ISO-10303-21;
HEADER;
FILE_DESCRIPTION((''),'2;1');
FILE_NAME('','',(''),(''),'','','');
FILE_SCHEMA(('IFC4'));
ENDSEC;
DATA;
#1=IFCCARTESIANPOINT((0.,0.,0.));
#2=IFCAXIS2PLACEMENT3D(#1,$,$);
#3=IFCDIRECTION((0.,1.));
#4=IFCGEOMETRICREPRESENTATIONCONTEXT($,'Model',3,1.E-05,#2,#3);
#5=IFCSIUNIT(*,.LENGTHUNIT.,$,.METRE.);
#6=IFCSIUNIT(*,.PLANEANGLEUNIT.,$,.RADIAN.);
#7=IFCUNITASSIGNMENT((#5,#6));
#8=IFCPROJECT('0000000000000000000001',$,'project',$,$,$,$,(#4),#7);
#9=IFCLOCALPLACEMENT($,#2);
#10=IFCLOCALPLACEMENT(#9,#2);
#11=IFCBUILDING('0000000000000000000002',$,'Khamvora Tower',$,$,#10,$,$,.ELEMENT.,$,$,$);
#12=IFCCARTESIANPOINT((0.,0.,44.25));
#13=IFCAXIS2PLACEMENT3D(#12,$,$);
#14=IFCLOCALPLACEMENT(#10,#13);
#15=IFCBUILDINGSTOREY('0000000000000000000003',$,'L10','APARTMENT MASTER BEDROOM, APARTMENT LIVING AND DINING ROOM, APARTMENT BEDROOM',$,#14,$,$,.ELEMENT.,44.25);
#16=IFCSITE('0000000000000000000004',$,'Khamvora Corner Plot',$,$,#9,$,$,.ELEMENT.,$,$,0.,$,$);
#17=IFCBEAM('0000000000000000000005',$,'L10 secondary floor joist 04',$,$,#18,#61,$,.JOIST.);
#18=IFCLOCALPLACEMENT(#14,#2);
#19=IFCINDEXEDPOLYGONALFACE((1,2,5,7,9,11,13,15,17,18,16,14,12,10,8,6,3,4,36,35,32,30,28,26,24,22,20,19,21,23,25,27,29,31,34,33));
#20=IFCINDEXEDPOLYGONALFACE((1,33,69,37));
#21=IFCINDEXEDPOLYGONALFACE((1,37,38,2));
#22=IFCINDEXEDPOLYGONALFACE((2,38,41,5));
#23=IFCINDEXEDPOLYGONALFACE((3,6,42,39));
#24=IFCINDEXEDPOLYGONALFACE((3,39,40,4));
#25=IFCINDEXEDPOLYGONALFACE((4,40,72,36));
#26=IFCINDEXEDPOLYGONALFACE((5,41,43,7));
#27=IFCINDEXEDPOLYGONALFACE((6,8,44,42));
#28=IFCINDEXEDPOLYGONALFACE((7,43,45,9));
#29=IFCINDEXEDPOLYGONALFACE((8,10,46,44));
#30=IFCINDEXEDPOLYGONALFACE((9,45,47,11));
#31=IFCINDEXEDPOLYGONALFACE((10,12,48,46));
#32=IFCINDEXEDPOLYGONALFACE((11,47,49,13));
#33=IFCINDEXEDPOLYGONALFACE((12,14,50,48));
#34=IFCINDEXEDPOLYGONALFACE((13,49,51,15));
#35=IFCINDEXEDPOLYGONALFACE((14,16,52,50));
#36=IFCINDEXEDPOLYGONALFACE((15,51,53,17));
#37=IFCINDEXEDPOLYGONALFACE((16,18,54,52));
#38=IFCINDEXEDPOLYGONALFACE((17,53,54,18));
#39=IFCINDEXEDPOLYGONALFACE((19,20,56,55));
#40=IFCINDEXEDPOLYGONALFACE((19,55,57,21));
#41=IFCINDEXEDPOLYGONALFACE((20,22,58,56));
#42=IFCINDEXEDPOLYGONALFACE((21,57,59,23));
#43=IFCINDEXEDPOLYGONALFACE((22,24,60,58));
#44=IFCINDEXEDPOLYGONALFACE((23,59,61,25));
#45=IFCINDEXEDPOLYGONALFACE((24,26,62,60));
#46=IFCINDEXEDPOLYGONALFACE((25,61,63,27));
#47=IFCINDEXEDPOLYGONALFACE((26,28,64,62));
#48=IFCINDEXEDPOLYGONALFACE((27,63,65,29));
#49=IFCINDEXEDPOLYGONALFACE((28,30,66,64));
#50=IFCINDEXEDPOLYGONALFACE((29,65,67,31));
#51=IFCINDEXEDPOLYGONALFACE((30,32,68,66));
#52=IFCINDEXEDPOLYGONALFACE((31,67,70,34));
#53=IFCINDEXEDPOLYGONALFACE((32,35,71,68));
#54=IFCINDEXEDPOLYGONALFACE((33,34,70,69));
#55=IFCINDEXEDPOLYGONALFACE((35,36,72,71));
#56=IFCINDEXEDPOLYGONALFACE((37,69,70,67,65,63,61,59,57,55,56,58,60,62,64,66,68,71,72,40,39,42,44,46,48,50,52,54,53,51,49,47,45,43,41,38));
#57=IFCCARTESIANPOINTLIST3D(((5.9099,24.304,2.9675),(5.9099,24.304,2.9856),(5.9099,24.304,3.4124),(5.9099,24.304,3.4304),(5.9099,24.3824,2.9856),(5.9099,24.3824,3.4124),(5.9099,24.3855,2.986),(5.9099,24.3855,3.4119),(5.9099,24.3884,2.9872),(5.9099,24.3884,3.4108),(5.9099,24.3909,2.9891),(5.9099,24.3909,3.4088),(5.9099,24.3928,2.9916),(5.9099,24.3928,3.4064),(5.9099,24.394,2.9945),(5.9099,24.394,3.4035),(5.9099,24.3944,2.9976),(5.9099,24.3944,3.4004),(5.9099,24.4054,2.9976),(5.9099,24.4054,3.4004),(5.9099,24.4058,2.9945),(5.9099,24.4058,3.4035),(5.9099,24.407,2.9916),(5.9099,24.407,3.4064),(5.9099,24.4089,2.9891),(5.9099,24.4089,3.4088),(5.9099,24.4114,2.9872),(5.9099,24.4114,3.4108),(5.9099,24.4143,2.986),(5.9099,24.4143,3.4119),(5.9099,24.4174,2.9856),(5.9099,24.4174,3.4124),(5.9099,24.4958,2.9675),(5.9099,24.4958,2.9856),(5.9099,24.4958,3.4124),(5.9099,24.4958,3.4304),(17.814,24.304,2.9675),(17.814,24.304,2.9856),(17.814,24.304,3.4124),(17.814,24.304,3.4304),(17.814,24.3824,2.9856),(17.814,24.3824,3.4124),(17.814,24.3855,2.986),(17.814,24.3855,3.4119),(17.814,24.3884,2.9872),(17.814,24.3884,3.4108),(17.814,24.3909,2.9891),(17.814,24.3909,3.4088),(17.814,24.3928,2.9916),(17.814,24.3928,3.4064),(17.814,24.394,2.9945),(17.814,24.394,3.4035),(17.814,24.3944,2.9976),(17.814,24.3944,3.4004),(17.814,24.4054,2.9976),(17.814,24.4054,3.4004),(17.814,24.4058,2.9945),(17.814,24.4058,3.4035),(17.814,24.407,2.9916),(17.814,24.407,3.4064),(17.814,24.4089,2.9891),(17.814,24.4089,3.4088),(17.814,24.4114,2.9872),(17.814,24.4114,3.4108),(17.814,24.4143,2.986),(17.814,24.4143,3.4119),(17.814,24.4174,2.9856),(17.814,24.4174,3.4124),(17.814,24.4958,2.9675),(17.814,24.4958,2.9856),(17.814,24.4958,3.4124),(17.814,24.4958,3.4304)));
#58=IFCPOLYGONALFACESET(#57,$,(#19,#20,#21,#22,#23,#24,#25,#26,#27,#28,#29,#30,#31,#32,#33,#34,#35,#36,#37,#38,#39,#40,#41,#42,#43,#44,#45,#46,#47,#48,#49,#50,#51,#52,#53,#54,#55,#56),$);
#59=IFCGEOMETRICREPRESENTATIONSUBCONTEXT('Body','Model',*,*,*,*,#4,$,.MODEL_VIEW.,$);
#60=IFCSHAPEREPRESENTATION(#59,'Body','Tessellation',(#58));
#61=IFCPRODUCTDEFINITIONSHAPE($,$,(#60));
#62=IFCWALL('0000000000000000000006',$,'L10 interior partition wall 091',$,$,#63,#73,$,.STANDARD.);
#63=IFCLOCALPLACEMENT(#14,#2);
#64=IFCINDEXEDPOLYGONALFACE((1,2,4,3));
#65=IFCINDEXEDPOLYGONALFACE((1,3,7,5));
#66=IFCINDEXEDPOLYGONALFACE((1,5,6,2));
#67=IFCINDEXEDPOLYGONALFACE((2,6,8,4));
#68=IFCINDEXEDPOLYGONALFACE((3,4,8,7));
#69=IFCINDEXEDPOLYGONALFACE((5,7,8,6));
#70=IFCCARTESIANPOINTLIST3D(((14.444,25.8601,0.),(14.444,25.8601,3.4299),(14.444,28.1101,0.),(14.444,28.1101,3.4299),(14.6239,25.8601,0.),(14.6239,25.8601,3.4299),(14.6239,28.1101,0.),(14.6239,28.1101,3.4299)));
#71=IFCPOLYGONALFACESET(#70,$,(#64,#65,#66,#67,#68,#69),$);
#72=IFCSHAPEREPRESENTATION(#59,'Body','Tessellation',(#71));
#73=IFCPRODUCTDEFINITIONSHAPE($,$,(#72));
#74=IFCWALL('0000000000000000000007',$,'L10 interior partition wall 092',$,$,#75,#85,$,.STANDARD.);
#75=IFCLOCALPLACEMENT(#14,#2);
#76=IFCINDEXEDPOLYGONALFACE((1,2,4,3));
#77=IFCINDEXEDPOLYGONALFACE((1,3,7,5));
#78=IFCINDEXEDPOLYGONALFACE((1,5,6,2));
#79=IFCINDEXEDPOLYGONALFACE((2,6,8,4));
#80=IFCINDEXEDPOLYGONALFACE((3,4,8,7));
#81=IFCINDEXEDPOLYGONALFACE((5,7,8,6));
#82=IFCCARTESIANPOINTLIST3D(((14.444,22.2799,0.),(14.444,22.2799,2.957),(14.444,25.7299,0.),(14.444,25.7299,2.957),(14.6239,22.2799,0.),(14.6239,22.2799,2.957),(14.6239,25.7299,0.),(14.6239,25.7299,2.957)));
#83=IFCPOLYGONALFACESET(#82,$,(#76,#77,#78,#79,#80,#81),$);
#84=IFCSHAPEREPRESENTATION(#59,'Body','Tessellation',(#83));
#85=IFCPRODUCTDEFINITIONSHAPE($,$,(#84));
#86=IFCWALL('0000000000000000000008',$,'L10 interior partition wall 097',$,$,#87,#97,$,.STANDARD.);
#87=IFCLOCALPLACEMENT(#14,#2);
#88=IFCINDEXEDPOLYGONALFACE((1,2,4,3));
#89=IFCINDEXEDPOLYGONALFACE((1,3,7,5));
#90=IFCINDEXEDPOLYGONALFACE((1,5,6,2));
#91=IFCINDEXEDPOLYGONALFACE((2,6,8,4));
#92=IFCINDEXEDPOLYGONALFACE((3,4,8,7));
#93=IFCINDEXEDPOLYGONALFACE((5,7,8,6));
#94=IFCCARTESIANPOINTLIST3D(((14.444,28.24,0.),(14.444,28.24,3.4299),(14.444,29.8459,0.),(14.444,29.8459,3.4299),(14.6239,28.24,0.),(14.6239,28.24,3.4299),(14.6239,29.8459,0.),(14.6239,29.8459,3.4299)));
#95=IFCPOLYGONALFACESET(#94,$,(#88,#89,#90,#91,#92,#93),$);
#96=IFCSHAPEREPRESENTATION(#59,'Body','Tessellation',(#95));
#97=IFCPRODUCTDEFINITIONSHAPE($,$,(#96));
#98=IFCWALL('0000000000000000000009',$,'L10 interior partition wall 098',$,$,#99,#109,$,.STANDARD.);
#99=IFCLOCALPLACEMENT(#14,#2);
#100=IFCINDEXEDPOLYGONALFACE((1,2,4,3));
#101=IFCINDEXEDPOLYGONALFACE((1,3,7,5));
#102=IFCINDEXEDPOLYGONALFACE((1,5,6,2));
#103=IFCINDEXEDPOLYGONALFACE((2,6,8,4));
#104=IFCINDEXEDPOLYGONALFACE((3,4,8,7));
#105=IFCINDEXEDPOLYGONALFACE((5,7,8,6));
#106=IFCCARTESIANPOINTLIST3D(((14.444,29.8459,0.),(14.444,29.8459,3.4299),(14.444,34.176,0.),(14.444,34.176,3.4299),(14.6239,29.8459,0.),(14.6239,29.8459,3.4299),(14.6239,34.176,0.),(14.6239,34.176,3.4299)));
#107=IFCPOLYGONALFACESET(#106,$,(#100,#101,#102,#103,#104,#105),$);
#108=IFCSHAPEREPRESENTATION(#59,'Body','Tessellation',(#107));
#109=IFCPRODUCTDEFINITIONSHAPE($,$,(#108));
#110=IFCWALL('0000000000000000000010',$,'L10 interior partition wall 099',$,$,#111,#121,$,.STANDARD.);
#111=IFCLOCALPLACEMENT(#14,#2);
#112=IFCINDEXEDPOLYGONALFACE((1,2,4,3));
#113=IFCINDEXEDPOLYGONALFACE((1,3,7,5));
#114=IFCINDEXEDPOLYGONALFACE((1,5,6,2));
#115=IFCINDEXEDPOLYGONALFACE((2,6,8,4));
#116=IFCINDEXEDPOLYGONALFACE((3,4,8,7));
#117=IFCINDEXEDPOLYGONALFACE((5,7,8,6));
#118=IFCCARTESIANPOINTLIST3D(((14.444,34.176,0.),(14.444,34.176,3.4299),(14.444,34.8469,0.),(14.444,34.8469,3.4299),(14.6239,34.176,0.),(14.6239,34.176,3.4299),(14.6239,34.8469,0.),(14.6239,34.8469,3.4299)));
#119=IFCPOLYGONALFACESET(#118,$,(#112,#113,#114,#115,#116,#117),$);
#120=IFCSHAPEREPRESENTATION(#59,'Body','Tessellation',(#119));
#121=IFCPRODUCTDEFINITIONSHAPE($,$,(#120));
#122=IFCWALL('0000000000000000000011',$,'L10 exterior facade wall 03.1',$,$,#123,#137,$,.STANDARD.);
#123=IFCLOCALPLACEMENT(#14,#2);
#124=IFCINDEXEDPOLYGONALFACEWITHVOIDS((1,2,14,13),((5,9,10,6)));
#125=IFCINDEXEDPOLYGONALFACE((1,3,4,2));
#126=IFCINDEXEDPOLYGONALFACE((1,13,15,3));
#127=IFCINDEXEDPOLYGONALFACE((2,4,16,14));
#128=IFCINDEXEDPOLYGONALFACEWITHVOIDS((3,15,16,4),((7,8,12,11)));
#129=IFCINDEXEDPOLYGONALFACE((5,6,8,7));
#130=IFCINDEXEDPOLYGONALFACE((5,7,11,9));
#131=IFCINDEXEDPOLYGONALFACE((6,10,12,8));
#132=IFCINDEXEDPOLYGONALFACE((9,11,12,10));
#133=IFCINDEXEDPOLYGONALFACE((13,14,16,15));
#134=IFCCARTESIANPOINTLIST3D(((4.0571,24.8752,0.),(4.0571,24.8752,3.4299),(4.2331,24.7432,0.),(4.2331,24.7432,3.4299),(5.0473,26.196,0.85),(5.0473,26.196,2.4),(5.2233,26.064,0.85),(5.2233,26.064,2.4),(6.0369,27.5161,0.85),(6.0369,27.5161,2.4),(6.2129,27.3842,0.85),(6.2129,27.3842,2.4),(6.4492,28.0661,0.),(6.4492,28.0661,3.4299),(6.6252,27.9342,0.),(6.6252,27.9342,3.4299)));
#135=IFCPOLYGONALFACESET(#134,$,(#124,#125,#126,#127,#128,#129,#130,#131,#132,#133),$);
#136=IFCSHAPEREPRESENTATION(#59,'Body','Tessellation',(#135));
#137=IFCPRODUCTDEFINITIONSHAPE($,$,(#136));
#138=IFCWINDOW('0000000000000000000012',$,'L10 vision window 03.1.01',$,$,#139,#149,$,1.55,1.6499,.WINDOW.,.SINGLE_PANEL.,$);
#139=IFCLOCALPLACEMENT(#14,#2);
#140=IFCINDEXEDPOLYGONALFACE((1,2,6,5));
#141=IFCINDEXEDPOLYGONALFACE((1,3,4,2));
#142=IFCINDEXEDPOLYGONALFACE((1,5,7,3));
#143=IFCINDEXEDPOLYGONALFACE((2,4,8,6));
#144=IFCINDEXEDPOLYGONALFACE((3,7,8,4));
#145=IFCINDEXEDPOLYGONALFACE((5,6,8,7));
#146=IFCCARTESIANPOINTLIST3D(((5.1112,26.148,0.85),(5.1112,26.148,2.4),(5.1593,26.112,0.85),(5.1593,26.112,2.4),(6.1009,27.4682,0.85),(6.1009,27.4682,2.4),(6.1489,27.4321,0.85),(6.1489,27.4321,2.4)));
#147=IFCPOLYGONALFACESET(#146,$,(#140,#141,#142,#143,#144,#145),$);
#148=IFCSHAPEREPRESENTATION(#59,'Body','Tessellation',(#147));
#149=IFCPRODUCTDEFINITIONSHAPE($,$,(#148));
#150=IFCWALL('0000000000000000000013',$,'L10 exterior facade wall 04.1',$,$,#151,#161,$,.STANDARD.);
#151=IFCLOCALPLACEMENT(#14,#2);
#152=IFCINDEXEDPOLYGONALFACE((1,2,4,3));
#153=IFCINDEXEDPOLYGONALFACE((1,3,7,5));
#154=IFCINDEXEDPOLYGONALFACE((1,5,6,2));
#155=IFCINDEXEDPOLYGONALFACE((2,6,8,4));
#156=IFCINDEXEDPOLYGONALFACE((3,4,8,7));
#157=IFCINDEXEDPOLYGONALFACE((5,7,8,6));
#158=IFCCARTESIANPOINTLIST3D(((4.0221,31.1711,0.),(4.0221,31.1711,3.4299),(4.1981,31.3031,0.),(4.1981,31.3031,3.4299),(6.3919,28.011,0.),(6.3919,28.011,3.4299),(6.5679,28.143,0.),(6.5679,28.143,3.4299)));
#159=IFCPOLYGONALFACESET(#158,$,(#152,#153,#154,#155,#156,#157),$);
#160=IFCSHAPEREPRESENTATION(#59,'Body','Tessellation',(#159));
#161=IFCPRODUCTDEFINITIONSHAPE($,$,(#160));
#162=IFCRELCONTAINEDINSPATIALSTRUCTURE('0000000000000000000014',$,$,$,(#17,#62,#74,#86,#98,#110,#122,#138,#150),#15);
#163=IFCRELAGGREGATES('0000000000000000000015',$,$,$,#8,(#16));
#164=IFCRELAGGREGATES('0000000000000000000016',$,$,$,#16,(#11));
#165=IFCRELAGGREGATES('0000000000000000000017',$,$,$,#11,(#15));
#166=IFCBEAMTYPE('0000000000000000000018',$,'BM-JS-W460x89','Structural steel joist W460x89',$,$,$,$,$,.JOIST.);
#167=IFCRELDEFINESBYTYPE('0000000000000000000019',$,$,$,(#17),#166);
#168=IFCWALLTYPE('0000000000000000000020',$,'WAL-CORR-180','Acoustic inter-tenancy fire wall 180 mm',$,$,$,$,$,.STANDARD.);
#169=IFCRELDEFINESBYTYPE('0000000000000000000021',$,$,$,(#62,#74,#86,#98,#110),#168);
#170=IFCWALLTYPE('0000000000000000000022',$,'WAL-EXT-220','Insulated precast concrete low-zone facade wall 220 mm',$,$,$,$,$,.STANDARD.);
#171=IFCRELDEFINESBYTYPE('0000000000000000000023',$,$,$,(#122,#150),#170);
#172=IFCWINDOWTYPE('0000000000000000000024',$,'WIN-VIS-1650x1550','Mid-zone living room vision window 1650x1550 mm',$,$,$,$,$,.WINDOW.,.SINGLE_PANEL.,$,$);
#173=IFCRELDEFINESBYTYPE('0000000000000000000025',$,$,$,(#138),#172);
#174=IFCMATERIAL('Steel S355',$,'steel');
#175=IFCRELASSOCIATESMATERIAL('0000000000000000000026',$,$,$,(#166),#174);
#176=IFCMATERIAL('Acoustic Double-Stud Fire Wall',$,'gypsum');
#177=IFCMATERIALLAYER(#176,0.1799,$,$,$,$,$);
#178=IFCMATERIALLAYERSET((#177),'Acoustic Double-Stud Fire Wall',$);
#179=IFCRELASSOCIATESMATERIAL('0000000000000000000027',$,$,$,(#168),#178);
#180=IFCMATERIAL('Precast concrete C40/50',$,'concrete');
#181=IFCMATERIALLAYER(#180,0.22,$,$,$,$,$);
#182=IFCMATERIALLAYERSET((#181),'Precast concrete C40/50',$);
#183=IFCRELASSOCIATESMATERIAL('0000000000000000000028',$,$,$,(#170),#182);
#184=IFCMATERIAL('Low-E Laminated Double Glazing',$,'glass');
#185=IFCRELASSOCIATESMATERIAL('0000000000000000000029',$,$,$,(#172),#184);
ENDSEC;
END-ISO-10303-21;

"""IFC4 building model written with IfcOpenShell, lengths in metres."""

from ifc_helpers import new_model, si_unit, direction, frame, frame_2d, origin, origin_2d, place, context, subcontext, project, spatial, rectangle, i_section, extrude, material, layer, layer_set, material_profile, profile_set, type_object, element, fill, save


model = new_model("IFC4")

# Units and contexts
model_context = context("Model", 3, precision=1e-05, world=origin(), true_north=direction((0.0, 1.0)))
body_context = subcontext(model_context, "Body", "Model", "MODEL_VIEW")
ifc_project = project(units=[si_unit("LENGTHUNIT", "METRE"), si_unit("PLANEANGLEUNIT", "RADIAN")], contexts=[model_context])

# Site, building, storey
site_placement = place(None, origin())
site = spatial("IfcSite", under=ifc_project, at=site_placement, Name="Khamvora Corner Plot", CompositionType="ELEMENT", RefElevation=0.0)
building_placement = place(site_placement, origin())
building = spatial("IfcBuilding", under=site, at=building_placement, Name="Khamvora Tower", CompositionType="ELEMENT")
storey_placement = place(building_placement, frame((0.0, 0.0, 44.25)))
storey = spatial("IfcBuildingStorey", under=building, at=storey_placement, Name="L10", Description="APARTMENT MASTER BEDROOM, APARTMENT LIVING AND DINING ROOM, APARTMENT BEDROOM", CompositionType="ELEMENT", Elevation=44.25)

# Beam
ifc_material_1 = material(Name="Steel S355", Category="steel")
ifc_material_profile = material_profile(ifc_material_1, i_section(OverallWidth=0.1919, OverallDepth=0.4629, WebThickness=0.011, FlangeThickness=0.0181, FilletRadius=0.012, at=origin_2d()), Name="W460x89")
ifc_profile_set = profile_set([ifc_material_profile], Name="Steel S355")
beam_type = type_object("IfcBeamType", Name="BM-JS-W460x89", Description="Structural steel joist W460x89", PredefinedType="JOIST", material=ifc_profile_set)
beam_placement = place(storey_placement, frame((5.9099, 24.3999, 3.199), z_axis=(1.0, 0.0, 0.0), x_axis=(0.0, 1.0, 0.0)))
element("IfcBeam", 1, at=beam_placement, inside=storey, type_object=beam_type, Name="L10 secondary floor joist 04", PredefinedType="JOIST", context=body_context, shape_type="SweptSolid", body=[
    extrude(i_section(OverallWidth=0.1919, OverallDepth=0.4629, WebThickness=0.011, FlangeThickness=0.0181, FilletRadius=0.012, at=origin_2d()), origin(), (0.0, 0.0, 1.0), 11.9041),
])

# Walls
ifc_material_2 = material(Name="Acoustic Double-Stud Fire Wall", Category="gypsum")
ifc_layer_1 = layer(ifc_material_2, 0.1799)
ifc_layer_set_1 = layer_set([ifc_layer_1], Name="Acoustic Double-Stud Fire Wall")
wall_type_1 = type_object("IfcWallType", Name="WAL-CORR-180", Description="Acoustic inter-tenancy fire wall 180 mm", PredefinedType="STANDARD", material=ifc_layer_set_1)
wall_1_placement = place(storey_placement, frame((14.5339, 28.1101, 0.0), z_axis=(0.0, 0.0, 1.0), x_axis=(0.0, -1.0, 0.0)))
element("IfcWall", 2, at=wall_1_placement, inside=storey, type_object=wall_type_1, Name="L10 interior partition wall 091", PredefinedType="STANDARD", context=body_context, shape_type="SweptSolid", body=[
    extrude(rectangle(XDim=2.25, YDim=0.1799, at=frame_2d((1.125, 0.0))), origin(), (0.0, 0.0, 1.0), 3.4299),
])
wall_2_placement = place(storey_placement, frame((14.5339, 25.73, 0.0), z_axis=(0.0, 0.0, 1.0), x_axis=(0.0, -1.0, 0.0)))
element("IfcWall", 3, at=wall_2_placement, inside=storey, type_object=wall_type_1, Name="L10 interior partition wall 092", PredefinedType="STANDARD", context=body_context, shape_type="SweptSolid", body=[
    extrude(rectangle(XDim=3.45, YDim=0.1799, at=frame_2d((1.7251, 0.0))), origin(), (0.0, 0.0, 1.0), 2.957),
])
wall_3_placement = place(storey_placement, frame((14.5339, 29.8459, 0.0), z_axis=(0.0, 0.0, 1.0), x_axis=(0.0, -1.0, 0.0)))
element("IfcWall", 4, at=wall_3_placement, inside=storey, type_object=wall_type_1, Name="L10 interior partition wall 097", PredefinedType="STANDARD", context=body_context, shape_type="SweptSolid", body=[
    extrude(rectangle(XDim=1.606, YDim=0.1799, at=frame_2d((0.803, 0.0))), origin(), (0.0, 0.0, 1.0), 3.4299),
])
wall_4_placement = place(storey_placement, frame((14.5339, 34.176, 0.0), z_axis=(0.0, 0.0, 1.0), x_axis=(0.0, -1.0, 0.0)))
element("IfcWall", 5, at=wall_4_placement, inside=storey, type_object=wall_type_1, Name="L10 interior partition wall 098", PredefinedType="STANDARD", context=body_context, shape_type="SweptSolid", body=[
    extrude(rectangle(XDim=4.3301, YDim=0.1799, at=frame_2d((2.165, 0.0))), origin(), (0.0, 0.0, 1.0), 3.4299),
])
wall_5_placement = place(storey_placement, frame((14.5339, 34.8469, 0.0), z_axis=(0.0, 0.0, 1.0), x_axis=(0.0, -1.0, 0.0)))
element("IfcWall", 6, at=wall_5_placement, inside=storey, type_object=wall_type_1, Name="L10 interior partition wall 099", PredefinedType="STANDARD", context=body_context, shape_type="SweptSolid", body=[
    extrude(rectangle(XDim=0.6709, YDim=0.1799, at=frame_2d((0.3354, 0.0))), origin(), (0.0, 0.0, 1.0), 3.4299),
])

# Wall, opening, window
ifc_material_3 = material(Name="Precast concrete C40/50", Category="concrete")
ifc_layer_2 = layer(ifc_material_3, 0.22)
ifc_layer_set_2 = layer_set([ifc_layer_2], Name="Precast concrete C40/50")
wall_type_2 = type_object("IfcWallType", Name="WAL-EXT-220", Description="Insulated precast concrete low-zone facade wall 220 mm", PredefinedType="STANDARD", material=ifc_layer_set_2)
wall_6_placement = place(storey_placement, frame((4.145, 24.8091, 0.0), z_axis=(0.0, 0.0, 1.0), x_axis=(0.599824, 0.800132, 0.0)))
wall_6 = element("IfcWall", 7, at=wall_6_placement, inside=storey, type_object=wall_type_2, Name="L10 exterior facade wall 03.1", PredefinedType="STANDARD", context=body_context, shape_type="SweptSolid", body=[
    extrude(rectangle(XDim=3.988, YDim=0.22, at=frame_2d((1.9941, 0.0))), origin(), (0.0, 0.0, 1.0), 3.4299),
])
opening_1_placement = place(wall_6_placement, frame((1.6509, 0.0, 0.8501)))
opening_1 = element("IfcOpeningElement", 8, at=opening_1_placement, cuts=wall_6, PredefinedType="OPENING", context=body_context, shape_type="SweptSolid", body=[
    extrude(rectangle(XDim=1.6499, YDim=1.55, at=frame_2d((0.825, 0.7749))), frame((0.0, 0.1199, 0.0), z_axis=(0.0, -1.0, 0.0), x_axis=(1.0, 0.0, 0.0)), (0.0, 0.0, 1.0), 0.24),
])
ifc_material_4 = material(Name="Low-E Laminated Double Glazing", Category="glass")
window_type = type_object("IfcWindowType", Name="WIN-VIS-1650x1550", Description="Mid-zone living room vision window 1650x1550 mm", PartitioningType="SINGLE_PANEL", PredefinedType="WINDOW", material=ifc_material_4)
window_1_placement = place(opening_1_placement, origin())
window_1 = element("IfcWindow", 9, at=window_1_placement, inside=storey, type_object=window_type, Name="L10 vision window 03.1.01", OverallHeight=1.55, OverallWidth=1.6499, PartitioningType="SINGLE_PANEL", PredefinedType="WINDOW", context=body_context, shape_type="SweptSolid", body=[
    extrude(rectangle(XDim=1.6499, YDim=1.55, at=frame_2d((0.825, 0.7749))), frame((0.0, 0.03, 0.0), z_axis=(0.0, -1.0, 0.0), x_axis=(1.0, 0.0, 0.0)), (0.0, 0.0, 1.0), 0.0601),
])
fill(opening_1, window_1)

# Wall
wall_7_placement = place(storey_placement, frame((6.48, 28.0769, 0.0), z_axis=(0.0, 0.0, 1.0), x_axis=(-0.59996, 0.80003, 0.0)))
element("IfcWall", 10, at=wall_7_placement, inside=storey, type_object=wall_type_2, Name="L10 exterior facade wall 04.1", PredefinedType="STANDARD", context=body_context, shape_type="SweptSolid", body=[
    extrude(rectangle(XDim=3.95, YDim=0.22, at=frame_2d((1.9751, 0.0))), origin(), (0.0, 0.0, 1.0), 3.4299),
])

save(model, "model.ifc")
